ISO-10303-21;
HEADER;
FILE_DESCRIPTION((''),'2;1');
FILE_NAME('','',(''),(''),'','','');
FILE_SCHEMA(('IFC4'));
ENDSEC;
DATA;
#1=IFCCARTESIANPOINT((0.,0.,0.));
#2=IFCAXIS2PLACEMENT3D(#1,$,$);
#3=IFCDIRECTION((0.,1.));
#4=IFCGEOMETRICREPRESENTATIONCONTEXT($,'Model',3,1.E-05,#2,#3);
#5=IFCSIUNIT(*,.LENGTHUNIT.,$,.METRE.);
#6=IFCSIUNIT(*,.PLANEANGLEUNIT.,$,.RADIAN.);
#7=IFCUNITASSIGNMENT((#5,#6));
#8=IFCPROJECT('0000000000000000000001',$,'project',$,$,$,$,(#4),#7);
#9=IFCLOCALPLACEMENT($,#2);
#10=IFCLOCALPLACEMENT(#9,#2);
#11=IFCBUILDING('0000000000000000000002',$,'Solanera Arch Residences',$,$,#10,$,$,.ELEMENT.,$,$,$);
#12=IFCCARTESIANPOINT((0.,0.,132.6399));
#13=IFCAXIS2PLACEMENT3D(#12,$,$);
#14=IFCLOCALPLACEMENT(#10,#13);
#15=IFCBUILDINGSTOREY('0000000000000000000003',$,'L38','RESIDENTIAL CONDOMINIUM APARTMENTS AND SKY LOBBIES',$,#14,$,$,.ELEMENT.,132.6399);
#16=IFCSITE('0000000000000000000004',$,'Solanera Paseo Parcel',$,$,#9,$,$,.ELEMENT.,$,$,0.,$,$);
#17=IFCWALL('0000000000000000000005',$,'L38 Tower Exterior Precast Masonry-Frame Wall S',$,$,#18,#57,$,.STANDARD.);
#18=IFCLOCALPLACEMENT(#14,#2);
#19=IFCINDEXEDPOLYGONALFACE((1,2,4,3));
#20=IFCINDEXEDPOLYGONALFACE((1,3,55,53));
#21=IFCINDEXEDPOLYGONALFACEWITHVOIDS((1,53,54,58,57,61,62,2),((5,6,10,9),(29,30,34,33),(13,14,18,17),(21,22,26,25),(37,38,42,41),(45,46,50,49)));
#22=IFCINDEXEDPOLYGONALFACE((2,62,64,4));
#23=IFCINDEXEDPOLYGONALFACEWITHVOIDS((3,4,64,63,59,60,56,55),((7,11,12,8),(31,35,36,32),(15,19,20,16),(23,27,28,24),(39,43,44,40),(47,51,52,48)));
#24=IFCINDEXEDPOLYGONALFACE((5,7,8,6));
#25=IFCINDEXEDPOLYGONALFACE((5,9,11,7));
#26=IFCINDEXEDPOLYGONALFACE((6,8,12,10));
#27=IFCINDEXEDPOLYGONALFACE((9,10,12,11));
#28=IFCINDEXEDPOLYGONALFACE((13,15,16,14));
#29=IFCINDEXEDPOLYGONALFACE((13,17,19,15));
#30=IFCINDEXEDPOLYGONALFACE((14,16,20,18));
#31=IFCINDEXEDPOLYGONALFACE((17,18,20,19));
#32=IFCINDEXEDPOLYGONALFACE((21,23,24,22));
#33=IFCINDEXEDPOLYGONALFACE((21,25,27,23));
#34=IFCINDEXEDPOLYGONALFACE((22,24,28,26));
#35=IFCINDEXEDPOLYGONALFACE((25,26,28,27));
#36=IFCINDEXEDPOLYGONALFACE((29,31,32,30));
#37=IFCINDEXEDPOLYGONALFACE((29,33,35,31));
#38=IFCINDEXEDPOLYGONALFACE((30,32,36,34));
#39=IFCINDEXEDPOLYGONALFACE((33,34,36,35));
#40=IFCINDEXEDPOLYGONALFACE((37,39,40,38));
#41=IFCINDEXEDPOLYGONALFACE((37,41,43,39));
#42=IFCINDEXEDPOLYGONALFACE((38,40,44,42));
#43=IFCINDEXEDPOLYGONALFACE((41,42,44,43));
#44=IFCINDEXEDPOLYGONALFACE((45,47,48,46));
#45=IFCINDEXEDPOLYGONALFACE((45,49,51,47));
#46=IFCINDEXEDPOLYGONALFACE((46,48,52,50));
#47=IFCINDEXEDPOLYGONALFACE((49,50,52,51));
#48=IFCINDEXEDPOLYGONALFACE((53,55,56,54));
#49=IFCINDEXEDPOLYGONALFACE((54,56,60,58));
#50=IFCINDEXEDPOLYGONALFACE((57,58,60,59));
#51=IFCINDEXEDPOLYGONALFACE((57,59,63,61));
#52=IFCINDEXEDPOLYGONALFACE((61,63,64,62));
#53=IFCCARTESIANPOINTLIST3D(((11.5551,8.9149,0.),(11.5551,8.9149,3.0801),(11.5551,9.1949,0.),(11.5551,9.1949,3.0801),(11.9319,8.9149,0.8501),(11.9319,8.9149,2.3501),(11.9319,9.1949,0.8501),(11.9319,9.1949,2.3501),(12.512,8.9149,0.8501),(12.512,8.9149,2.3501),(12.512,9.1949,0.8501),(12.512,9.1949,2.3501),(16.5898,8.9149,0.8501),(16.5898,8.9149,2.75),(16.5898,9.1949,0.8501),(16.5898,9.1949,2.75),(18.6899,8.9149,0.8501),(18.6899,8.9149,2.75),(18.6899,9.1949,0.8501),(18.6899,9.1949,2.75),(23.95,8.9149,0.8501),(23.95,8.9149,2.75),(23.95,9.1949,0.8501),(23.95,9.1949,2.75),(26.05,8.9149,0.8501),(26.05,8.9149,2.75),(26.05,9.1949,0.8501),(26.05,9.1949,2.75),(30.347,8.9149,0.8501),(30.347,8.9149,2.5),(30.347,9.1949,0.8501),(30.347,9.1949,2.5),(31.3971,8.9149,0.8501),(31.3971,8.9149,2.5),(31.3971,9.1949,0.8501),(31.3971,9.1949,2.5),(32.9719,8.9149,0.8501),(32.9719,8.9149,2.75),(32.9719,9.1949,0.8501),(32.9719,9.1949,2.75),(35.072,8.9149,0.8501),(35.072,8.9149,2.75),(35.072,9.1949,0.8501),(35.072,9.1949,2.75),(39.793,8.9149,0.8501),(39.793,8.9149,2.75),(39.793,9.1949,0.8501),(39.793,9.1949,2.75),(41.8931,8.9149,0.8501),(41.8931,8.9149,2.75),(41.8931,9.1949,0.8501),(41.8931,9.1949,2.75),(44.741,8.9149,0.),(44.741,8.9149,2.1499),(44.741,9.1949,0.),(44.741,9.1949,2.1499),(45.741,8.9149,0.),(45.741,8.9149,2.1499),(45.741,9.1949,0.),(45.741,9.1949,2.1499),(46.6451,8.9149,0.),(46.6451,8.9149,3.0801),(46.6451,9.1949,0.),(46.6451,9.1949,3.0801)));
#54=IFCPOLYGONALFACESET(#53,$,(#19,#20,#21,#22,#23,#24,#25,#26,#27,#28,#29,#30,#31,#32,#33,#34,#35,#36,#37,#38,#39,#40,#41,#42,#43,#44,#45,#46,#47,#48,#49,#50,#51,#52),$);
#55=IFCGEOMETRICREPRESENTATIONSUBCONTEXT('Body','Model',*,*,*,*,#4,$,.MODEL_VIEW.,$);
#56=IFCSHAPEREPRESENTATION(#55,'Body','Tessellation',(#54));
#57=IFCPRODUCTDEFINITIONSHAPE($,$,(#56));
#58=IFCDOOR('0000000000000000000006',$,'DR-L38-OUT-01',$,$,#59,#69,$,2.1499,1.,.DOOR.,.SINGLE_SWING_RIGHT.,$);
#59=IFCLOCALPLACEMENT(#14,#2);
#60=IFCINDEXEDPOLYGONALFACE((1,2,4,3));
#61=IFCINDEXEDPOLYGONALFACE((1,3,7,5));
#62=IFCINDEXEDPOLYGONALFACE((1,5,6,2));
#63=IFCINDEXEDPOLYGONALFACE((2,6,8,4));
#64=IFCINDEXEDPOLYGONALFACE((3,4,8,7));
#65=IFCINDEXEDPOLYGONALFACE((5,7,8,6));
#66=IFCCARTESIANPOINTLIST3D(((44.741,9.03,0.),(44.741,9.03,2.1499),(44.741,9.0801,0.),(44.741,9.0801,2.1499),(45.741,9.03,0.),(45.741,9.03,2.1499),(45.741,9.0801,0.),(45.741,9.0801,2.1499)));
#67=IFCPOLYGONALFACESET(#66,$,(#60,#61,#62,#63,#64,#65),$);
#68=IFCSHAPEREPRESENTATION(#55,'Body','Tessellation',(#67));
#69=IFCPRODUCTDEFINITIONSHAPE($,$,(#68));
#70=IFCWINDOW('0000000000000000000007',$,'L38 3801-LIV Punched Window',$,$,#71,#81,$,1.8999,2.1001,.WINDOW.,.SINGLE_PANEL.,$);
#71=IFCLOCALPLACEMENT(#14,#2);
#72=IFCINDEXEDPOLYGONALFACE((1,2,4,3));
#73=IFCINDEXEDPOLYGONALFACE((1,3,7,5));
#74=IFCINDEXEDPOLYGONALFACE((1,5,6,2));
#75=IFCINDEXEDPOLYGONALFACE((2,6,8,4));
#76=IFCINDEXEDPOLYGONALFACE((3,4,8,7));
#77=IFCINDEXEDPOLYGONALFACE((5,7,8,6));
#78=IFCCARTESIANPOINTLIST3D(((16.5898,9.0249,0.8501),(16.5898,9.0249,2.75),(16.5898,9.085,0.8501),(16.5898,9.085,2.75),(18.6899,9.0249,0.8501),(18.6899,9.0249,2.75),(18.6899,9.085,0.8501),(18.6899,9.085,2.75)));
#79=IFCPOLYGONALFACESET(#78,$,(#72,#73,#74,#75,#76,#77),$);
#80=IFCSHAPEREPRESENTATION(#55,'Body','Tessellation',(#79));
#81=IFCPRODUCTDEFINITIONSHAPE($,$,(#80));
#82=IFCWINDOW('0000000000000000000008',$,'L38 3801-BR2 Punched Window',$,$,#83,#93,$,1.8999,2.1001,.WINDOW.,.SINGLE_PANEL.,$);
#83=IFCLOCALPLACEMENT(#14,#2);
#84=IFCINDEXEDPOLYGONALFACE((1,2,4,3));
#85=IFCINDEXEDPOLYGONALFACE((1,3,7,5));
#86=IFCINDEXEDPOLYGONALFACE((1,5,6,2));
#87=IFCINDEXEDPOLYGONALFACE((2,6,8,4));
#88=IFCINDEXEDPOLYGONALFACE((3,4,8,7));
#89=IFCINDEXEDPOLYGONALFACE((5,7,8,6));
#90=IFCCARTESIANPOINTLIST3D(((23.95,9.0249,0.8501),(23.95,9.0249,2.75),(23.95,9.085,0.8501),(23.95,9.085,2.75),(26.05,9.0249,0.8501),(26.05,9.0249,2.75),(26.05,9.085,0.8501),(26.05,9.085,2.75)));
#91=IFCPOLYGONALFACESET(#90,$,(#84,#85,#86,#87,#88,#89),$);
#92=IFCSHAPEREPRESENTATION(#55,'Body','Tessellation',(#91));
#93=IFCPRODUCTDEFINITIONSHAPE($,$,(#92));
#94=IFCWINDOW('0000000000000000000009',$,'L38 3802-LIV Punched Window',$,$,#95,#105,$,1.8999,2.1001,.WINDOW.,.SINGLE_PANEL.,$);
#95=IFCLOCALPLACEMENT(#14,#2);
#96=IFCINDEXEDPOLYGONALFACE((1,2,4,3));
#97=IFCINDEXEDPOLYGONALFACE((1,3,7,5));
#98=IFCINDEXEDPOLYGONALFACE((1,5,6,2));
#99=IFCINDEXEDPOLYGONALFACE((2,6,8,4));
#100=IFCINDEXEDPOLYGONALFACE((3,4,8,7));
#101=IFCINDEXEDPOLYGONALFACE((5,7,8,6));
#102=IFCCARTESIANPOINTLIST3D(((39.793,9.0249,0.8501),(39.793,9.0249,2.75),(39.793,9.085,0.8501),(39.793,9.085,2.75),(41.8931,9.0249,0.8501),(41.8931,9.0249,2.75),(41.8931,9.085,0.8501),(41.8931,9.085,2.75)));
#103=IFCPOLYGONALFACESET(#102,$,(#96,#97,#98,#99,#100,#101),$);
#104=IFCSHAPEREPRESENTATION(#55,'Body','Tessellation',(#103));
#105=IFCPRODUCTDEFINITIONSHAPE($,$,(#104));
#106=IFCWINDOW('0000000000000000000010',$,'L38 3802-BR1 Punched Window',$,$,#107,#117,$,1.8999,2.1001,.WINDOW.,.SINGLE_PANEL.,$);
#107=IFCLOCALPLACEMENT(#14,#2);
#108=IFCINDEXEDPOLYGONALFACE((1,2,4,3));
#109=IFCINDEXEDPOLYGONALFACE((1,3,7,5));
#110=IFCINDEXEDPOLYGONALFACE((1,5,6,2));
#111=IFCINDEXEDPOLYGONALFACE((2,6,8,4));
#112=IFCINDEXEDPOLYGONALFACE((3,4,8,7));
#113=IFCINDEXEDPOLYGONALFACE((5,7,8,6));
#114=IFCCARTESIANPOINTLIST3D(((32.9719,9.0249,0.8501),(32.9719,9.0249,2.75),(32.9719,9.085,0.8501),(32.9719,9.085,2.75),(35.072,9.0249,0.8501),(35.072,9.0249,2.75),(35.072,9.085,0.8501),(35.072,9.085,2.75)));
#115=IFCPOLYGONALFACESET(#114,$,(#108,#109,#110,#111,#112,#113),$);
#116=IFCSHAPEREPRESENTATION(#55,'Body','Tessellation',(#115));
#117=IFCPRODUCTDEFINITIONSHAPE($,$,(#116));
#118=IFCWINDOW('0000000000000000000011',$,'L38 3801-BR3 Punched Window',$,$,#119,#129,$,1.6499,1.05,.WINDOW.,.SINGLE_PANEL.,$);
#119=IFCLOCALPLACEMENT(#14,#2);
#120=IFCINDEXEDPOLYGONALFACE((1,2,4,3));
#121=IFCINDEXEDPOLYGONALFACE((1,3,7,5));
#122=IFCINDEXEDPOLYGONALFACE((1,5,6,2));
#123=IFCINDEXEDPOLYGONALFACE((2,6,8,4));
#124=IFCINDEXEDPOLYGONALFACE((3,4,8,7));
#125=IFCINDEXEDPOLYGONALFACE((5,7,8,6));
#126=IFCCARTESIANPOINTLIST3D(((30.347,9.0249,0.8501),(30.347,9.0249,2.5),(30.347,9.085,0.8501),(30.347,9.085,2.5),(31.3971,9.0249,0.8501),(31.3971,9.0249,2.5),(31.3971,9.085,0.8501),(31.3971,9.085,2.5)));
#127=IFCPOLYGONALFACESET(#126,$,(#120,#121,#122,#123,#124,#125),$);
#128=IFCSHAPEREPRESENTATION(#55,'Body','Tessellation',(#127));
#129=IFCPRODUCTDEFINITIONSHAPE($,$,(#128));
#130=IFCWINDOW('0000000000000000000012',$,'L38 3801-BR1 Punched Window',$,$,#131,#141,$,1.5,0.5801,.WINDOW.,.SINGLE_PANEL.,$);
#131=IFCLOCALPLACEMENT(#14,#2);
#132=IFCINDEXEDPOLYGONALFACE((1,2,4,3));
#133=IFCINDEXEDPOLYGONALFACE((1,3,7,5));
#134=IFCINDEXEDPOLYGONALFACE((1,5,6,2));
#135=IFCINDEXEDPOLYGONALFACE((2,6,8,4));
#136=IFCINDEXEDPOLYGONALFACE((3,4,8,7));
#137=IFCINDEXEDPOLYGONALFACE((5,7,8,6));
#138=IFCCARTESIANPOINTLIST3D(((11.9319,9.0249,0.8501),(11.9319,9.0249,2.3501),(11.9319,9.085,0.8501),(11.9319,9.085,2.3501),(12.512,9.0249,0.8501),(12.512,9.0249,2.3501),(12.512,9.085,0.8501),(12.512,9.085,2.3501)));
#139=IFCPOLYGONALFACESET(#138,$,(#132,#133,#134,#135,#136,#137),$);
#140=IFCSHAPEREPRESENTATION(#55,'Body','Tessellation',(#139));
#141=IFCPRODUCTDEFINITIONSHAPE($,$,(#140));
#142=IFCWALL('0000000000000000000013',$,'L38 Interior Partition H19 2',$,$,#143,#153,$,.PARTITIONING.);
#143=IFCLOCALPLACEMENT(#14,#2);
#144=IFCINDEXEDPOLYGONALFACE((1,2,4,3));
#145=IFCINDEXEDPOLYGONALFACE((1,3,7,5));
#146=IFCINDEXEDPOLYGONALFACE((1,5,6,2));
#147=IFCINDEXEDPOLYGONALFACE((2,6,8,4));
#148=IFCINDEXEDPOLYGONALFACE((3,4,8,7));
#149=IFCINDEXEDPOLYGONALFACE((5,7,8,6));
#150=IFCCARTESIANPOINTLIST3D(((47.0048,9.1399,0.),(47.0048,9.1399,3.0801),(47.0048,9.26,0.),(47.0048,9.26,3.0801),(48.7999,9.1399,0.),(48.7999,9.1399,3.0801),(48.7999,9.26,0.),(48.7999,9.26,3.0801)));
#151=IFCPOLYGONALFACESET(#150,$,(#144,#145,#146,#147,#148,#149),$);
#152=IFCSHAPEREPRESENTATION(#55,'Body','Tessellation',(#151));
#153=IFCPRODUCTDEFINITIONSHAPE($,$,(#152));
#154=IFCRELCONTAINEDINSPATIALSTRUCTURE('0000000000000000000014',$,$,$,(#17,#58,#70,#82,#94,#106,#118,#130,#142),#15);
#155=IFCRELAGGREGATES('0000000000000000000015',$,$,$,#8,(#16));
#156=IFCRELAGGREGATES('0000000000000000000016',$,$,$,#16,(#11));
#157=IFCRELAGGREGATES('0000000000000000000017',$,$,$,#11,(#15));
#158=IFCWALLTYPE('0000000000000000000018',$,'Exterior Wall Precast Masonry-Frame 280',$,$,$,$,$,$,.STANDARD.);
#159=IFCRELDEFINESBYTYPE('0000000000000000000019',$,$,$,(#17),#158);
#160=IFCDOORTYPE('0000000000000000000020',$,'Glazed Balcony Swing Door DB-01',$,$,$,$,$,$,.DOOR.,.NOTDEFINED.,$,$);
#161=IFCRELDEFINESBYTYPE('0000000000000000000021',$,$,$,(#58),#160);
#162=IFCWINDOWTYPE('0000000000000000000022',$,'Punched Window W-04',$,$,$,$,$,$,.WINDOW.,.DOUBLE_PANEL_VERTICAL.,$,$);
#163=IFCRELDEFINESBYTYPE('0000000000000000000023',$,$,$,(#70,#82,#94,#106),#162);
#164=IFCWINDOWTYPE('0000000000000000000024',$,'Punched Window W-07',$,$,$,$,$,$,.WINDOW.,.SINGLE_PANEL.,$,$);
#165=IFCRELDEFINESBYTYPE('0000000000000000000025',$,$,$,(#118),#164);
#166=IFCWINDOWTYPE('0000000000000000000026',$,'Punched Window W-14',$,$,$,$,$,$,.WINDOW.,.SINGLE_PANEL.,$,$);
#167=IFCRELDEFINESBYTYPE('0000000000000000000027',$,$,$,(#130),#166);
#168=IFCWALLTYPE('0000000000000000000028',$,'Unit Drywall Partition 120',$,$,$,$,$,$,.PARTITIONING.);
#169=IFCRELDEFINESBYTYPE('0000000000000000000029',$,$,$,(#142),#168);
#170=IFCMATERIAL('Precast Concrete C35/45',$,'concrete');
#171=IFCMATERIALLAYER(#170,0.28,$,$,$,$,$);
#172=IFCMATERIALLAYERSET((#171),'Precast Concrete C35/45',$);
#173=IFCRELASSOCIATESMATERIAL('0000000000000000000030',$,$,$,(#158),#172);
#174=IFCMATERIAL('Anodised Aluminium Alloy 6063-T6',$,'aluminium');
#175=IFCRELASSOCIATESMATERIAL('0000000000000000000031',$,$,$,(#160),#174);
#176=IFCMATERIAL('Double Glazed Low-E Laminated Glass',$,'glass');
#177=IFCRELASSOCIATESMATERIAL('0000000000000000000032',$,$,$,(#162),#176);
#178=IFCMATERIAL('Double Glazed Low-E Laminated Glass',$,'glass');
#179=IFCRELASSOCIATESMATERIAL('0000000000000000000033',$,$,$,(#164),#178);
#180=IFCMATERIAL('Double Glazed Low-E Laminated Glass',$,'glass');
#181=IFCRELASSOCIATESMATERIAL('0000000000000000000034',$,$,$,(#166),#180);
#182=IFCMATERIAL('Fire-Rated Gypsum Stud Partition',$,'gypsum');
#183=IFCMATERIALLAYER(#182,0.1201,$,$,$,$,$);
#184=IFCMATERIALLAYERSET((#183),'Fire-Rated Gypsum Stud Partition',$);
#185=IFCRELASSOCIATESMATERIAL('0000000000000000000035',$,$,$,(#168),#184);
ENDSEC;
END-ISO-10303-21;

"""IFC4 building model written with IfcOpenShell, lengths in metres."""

from ifc_helpers import new_model, si_unit, direction, frame, frame_2d, origin, place, context, subcontext, project, spatial, rectangle, extrude, material, layer, layer_set, type_object, element, fill, save


model = new_model("IFC4")

# Units and contexts
model_context = context("Model", 3, precision=1e-05, world=origin(), true_north=direction((0.0, 1.0)))
body_context = subcontext(model_context, "Body", "Model", "MODEL_VIEW")
ifc_project = project(units=[si_unit("LENGTHUNIT", "METRE"), si_unit("PLANEANGLEUNIT", "RADIAN")], contexts=[model_context])

# Site, building, storey
site_placement = place(None, origin())
site = spatial("IfcSite", under=ifc_project, at=site_placement, Name="Solanera Paseo Parcel", CompositionType="ELEMENT", RefElevation=0.0)
building_placement = place(site_placement, origin())
building = spatial("IfcBuilding", under=site, at=building_placement, Name="Solanera Arch Residences", CompositionType="ELEMENT")
storey_placement = place(building_placement, frame((0.0, 0.0, 132.6399)))
storey = spatial("IfcBuildingStorey", under=building, at=storey_placement, Name="L38", Description="RESIDENTIAL CONDOMINIUM APARTMENTS AND SKY LOBBIES", CompositionType="ELEMENT", Elevation=132.6399)

# Shared definitions
ifc_material_1 = material(Name="Precast Concrete C35/45", Category="concrete")
ifc_layer_1 = layer(ifc_material_1, 0.28)
ifc_layer_set_1 = layer_set([ifc_layer_1], Name="Precast Concrete C35/45")
wall_type_1 = type_object("IfcWallType", Name="Exterior Wall Precast Masonry-Frame 280", PredefinedType="STANDARD", material=ifc_layer_set_1)

# Wall, openings, door, windows
wall_1_placement = place(storey_placement, frame((46.645, 9.0549, 0.0), z_axis=(0.0, 0.0, 1.0), x_axis=(-1.0, 0.0, 0.0)))
wall_1 = element("IfcWall", 1, at=wall_1_placement, inside=storey, type_object=wall_type_1, Name="L38 Tower Exterior Precast Masonry-Frame Wall S", PredefinedType="STANDARD", context=body_context, shape_type="SweptSolid", body=[
    extrude(rectangle(XDim=35.0901, YDim=0.28, at=frame_2d((17.5449, 0.0))), origin(), (0.0, 0.0, 1.0), 3.0801),
])
opening_1_placement = place(wall_1_placement, frame((0.9041, 0.0, 0.0)))
opening_1 = element("IfcOpeningElement", 2, at=opening_1_placement, cuts=wall_1, PredefinedType="OPENING", context=body_context, shape_type="SweptSolid", body=[
    extrude(rectangle(XDim=1.0, YDim=2.1499, at=frame_2d((0.5, 1.075))), frame((0.0, 0.1499, 0.0), z_axis=(0.0, -1.0, 0.0), x_axis=(1.0, 0.0, 0.0)), (0.0, 0.0, 1.0), 0.3),
])
opening_2_placement = place(wall_1_placement, frame((27.9551, 0.0, 0.8501)))
opening_2 = element("IfcOpeningElement", 3, at=opening_2_placement, cuts=wall_1, PredefinedType="OPENING", context=body_context, shape_type="SweptSolid", body=[
    extrude(rectangle(XDim=2.1001, YDim=1.8999, at=frame_2d((1.05, 0.95))), frame((0.0, 0.1499, 0.0), z_axis=(0.0, -1.0, 0.0), x_axis=(1.0, 0.0, 0.0)), (0.0, 0.0, 1.0), 0.3),
])
opening_3_placement = place(wall_1_placement, frame((34.1331, 0.0, 0.8501)))
opening_3 = element("IfcOpeningElement", 4, at=opening_3_placement, cuts=wall_1, PredefinedType="OPENING", context=body_context, shape_type="SweptSolid", body=[
    extrude(rectangle(XDim=0.5801, YDim=1.5, at=frame_2d((0.29, 0.75))), frame((0.0, 0.1499, 0.0), z_axis=(0.0, -1.0, 0.0), x_axis=(1.0, 0.0, 0.0)), (0.0, 0.0, 1.0), 0.3),
])
opening_4_placement = place(wall_1_placement, frame((20.595, 0.0, 0.8501)))
opening_4 = element("IfcOpeningElement", 5, at=opening_4_placement, cuts=wall_1, PredefinedType="OPENING", context=body_context, shape_type="SweptSolid", body=[
    extrude(rectangle(XDim=2.1001, YDim=1.8999, at=frame_2d((1.05, 0.95))), frame((0.0, 0.1499, 0.0), z_axis=(0.0, -1.0, 0.0), x_axis=(1.0, 0.0, 0.0)), (0.0, 0.0, 1.0), 0.3),
])
opening_5_placement = place(wall_1_placement, frame((15.248, 0.0, 0.8501)))
opening_5 = element("IfcOpeningElement", 6, at=opening_5_placement, cuts=wall_1, PredefinedType="OPENING", context=body_context, shape_type="SweptSolid", body=[
    extrude(rectangle(XDim=1.05, YDim=1.6499, at=frame_2d((0.5249, 0.825))), frame((0.0, 0.1499, 0.0), z_axis=(0.0, -1.0, 0.0), x_axis=(1.0, 0.0, 0.0)), (0.0, 0.0, 1.0), 0.3),
])
opening_6_placement = place(wall_1_placement, frame((4.752, 0.0, 0.8501)))
opening_6 = element("IfcOpeningElement", 7, at=opening_6_placement, cuts=wall_1, PredefinedType="OPENING", context=body_context, shape_type="SweptSolid", body=[
    extrude(rectangle(XDim=2.1001, YDim=1.8999, at=frame_2d((1.05, 0.95))), frame((0.0, 0.1499, 0.0), z_axis=(0.0, -1.0, 0.0), x_axis=(1.0, 0.0, 0.0)), (0.0, 0.0, 1.0), 0.3),
])
opening_7_placement = place(wall_1_placement, frame((11.573, 0.0, 0.8501)))
opening_7 = element("IfcOpeningElement", 8, at=opening_7_placement, cuts=wall_1, PredefinedType="OPENING", context=body_context, shape_type="SweptSolid", body=[
    extrude(rectangle(XDim=2.1001, YDim=1.8999, at=frame_2d((1.05, 0.95))), frame((0.0, 0.1499, 0.0), z_axis=(0.0, -1.0, 0.0), x_axis=(1.0, 0.0, 0.0)), (0.0, 0.0, 1.0), 0.3),
])
ifc_material_2 = material(Name="Anodised Aluminium Alloy 6063-T6", Category="aluminium")
door_type_1 = type_object("IfcDoorType", Name="Glazed Balcony Swing Door DB-01", OperationType="NOTDEFINED", PredefinedType="DOOR", material=ifc_material_2)
door_1_placement = place(opening_1_placement, origin())
door_1 = element("IfcDoor", 9, at=door_1_placement, inside=storey, type_object=door_type_1, Name="DR-L38-OUT-01", OperationType="SINGLE_SWING_RIGHT", OverallHeight=2.1499, OverallWidth=1.0, PredefinedType="DOOR", context=body_context, shape_type="SweptSolid", body=[
    extrude(rectangle(XDim=1.0, YDim=2.1499, at=frame_2d((0.5, 1.075))), frame((0.0, 0.0249, 0.0), z_axis=(0.0, -1.0, 0.0), x_axis=(1.0, 0.0, 0.0)), (0.0, 0.0, 1.0), 0.05),
])
fill(opening_1, door_1)
ifc_material_3 = material(Name="Double Glazed Low-E Laminated Glass", Category="glass")
window_type_1 = type_object("IfcWindowType", Name="Punched Window W-04", PartitioningType="DOUBLE_PANEL_VERTICAL", PredefinedType="WINDOW", material=ifc_material_3)
window_1_placement = place(opening_2_placement, origin())
window_1 = element("IfcWindow", 10, at=window_1_placement, inside=storey, type_object=window_type_1, Name="L38 3801-LIV Punched Window", OverallHeight=1.8999, OverallWidth=2.1001, PartitioningType="SINGLE_PANEL", PredefinedType="WINDOW", context=body_context, shape_type="SweptSolid", body=[
    extrude(rectangle(XDim=2.1001, YDim=1.8999, at=frame_2d((1.05, 0.95))), frame((0.0, 0.03, 0.0), z_axis=(0.0, -1.0, 0.0), x_axis=(1.0, 0.0, 0.0)), (0.0, 0.0, 1.0), 0.0601),
])
fill(opening_2, window_1)
window_2_placement = place(opening_4_placement, origin())
window_2 = element("IfcWindow", 11, at=window_2_placement, inside=storey, type_object=window_type_1, Name="L38 3801-BR2 Punched Window", OverallHeight=1.8999, OverallWidth=2.1001, PartitioningType="SINGLE_PANEL", PredefinedType="WINDOW", context=body_context, shape_type="SweptSolid", body=[
    extrude(rectangle(XDim=2.1001, YDim=1.8999, at=frame_2d((1.05, 0.95))), frame((0.0, 0.03, 0.0), z_axis=(0.0, -1.0, 0.0), x_axis=(1.0, 0.0, 0.0)), (0.0, 0.0, 1.0), 0.0601),
])
fill(opening_4, window_2)
window_3_placement = place(opening_6_placement, origin())
window_3 = element("IfcWindow", 12, at=window_3_placement, inside=storey, type_object=window_type_1, Name="L38 3802-LIV Punched Window", OverallHeight=1.8999, OverallWidth=2.1001, PartitioningType="SINGLE_PANEL", PredefinedType="WINDOW", context=body_context, shape_type="SweptSolid", body=[
    extrude(rectangle(XDim=2.1001, YDim=1.8999, at=frame_2d((1.05, 0.95))), frame((0.0, 0.03, 0.0), z_axis=(0.0, -1.0, 0.0), x_axis=(1.0, 0.0, 0.0)), (0.0, 0.0, 1.0), 0.0601),
])
fill(opening_6, window_3)
window_4_placement = place(opening_7_placement, origin())
window_4 = element("IfcWindow", 13, at=window_4_placement, inside=storey, type_object=window_type_1, Name="L38 3802-BR1 Punched Window", OverallHeight=1.8999, OverallWidth=2.1001, PartitioningType="SINGLE_PANEL", PredefinedType="WINDOW", context=body_context, shape_type="SweptSolid", body=[
    extrude(rectangle(XDim=2.1001, YDim=1.8999, at=frame_2d((1.05, 0.95))), frame((0.0, 0.03, 0.0), z_axis=(0.0, -1.0, 0.0), x_axis=(1.0, 0.0, 0.0)), (0.0, 0.0, 1.0), 0.0601),
])
fill(opening_7, window_4)
ifc_material_4 = material(Name="Double Glazed Low-E Laminated Glass", Category="glass")
window_type_2 = type_object("IfcWindowType", Name="Punched Window W-07", PartitioningType="SINGLE_PANEL", PredefinedType="WINDOW", material=ifc_material_4)
window_5_placement = place(opening_5_placement, origin())
window_5 = element("IfcWindow", 14, at=window_5_placement, inside=storey, type_object=window_type_2, Name="L38 3801-BR3 Punched Window", OverallHeight=1.6499, OverallWidth=1.05, PartitioningType="SINGLE_PANEL", PredefinedType="WINDOW", context=body_context, shape_type="SweptSolid", body=[
    extrude(rectangle(XDim=1.05, YDim=1.6499, at=frame_2d((0.5249, 0.825))), frame((0.0, 0.03, 0.0), z_axis=(0.0, -1.0, 0.0), x_axis=(1.0, 0.0, 0.0)), (0.0, 0.0, 1.0), 0.0601),
])
fill(opening_5, window_5)
ifc_material_5 = material(Name="Double Glazed Low-E Laminated Glass", Category="glass")
window_type_3 = type_object("IfcWindowType", Name="Punched Window W-14", PartitioningType="SINGLE_PANEL", PredefinedType="WINDOW", material=ifc_material_5)
window_6_placement = place(opening_3_placement, origin())
window_6 = element("IfcWindow", 15, at=window_6_placement, inside=storey, type_object=window_type_3, Name="L38 3801-BR1 Punched Window", OverallHeight=1.5, OverallWidth=0.5801, PartitioningType="SINGLE_PANEL", PredefinedType="WINDOW", context=body_context, shape_type="SweptSolid", body=[
    extrude(rectangle(XDim=0.5801, YDim=1.5, at=frame_2d((0.29, 0.75))), frame((0.0, 0.03, 0.0), z_axis=(0.0, -1.0, 0.0), x_axis=(1.0, 0.0, 0.0)), (0.0, 0.0, 1.0), 0.0601),
])
fill(opening_3, window_6)

# Wall
ifc_material_6 = material(Name="Fire-Rated Gypsum Stud Partition", Category="gypsum")
ifc_layer_2 = layer(ifc_material_6, 0.1201)
ifc_layer_set_2 = layer_set([ifc_layer_2], Name="Fire-Rated Gypsum Stud Partition")
wall_type_2 = type_object("IfcWallType", Name="Unit Drywall Partition 120", PredefinedType="PARTITIONING", material=ifc_layer_set_2)
wall_2_placement = place(storey_placement, frame((47.0049, 9.2, 0.0), z_axis=(0.0, 0.0, 1.0), x_axis=(1.0, 0.0, 0.0)))
element("IfcWall", 16, at=wall_2_placement, inside=storey, type_object=wall_type_2, Name="L38 Interior Partition H19 2", PredefinedType="PARTITIONING", context=body_context, shape_type="SweptSolid", body=[
    extrude(rectangle(XDim=1.7952, YDim=0.1201, at=frame_2d((0.8975, 0.0))), origin(), (0.0, 0.0, 1.0), 3.0801),
])

save(model, "model.ifc")
